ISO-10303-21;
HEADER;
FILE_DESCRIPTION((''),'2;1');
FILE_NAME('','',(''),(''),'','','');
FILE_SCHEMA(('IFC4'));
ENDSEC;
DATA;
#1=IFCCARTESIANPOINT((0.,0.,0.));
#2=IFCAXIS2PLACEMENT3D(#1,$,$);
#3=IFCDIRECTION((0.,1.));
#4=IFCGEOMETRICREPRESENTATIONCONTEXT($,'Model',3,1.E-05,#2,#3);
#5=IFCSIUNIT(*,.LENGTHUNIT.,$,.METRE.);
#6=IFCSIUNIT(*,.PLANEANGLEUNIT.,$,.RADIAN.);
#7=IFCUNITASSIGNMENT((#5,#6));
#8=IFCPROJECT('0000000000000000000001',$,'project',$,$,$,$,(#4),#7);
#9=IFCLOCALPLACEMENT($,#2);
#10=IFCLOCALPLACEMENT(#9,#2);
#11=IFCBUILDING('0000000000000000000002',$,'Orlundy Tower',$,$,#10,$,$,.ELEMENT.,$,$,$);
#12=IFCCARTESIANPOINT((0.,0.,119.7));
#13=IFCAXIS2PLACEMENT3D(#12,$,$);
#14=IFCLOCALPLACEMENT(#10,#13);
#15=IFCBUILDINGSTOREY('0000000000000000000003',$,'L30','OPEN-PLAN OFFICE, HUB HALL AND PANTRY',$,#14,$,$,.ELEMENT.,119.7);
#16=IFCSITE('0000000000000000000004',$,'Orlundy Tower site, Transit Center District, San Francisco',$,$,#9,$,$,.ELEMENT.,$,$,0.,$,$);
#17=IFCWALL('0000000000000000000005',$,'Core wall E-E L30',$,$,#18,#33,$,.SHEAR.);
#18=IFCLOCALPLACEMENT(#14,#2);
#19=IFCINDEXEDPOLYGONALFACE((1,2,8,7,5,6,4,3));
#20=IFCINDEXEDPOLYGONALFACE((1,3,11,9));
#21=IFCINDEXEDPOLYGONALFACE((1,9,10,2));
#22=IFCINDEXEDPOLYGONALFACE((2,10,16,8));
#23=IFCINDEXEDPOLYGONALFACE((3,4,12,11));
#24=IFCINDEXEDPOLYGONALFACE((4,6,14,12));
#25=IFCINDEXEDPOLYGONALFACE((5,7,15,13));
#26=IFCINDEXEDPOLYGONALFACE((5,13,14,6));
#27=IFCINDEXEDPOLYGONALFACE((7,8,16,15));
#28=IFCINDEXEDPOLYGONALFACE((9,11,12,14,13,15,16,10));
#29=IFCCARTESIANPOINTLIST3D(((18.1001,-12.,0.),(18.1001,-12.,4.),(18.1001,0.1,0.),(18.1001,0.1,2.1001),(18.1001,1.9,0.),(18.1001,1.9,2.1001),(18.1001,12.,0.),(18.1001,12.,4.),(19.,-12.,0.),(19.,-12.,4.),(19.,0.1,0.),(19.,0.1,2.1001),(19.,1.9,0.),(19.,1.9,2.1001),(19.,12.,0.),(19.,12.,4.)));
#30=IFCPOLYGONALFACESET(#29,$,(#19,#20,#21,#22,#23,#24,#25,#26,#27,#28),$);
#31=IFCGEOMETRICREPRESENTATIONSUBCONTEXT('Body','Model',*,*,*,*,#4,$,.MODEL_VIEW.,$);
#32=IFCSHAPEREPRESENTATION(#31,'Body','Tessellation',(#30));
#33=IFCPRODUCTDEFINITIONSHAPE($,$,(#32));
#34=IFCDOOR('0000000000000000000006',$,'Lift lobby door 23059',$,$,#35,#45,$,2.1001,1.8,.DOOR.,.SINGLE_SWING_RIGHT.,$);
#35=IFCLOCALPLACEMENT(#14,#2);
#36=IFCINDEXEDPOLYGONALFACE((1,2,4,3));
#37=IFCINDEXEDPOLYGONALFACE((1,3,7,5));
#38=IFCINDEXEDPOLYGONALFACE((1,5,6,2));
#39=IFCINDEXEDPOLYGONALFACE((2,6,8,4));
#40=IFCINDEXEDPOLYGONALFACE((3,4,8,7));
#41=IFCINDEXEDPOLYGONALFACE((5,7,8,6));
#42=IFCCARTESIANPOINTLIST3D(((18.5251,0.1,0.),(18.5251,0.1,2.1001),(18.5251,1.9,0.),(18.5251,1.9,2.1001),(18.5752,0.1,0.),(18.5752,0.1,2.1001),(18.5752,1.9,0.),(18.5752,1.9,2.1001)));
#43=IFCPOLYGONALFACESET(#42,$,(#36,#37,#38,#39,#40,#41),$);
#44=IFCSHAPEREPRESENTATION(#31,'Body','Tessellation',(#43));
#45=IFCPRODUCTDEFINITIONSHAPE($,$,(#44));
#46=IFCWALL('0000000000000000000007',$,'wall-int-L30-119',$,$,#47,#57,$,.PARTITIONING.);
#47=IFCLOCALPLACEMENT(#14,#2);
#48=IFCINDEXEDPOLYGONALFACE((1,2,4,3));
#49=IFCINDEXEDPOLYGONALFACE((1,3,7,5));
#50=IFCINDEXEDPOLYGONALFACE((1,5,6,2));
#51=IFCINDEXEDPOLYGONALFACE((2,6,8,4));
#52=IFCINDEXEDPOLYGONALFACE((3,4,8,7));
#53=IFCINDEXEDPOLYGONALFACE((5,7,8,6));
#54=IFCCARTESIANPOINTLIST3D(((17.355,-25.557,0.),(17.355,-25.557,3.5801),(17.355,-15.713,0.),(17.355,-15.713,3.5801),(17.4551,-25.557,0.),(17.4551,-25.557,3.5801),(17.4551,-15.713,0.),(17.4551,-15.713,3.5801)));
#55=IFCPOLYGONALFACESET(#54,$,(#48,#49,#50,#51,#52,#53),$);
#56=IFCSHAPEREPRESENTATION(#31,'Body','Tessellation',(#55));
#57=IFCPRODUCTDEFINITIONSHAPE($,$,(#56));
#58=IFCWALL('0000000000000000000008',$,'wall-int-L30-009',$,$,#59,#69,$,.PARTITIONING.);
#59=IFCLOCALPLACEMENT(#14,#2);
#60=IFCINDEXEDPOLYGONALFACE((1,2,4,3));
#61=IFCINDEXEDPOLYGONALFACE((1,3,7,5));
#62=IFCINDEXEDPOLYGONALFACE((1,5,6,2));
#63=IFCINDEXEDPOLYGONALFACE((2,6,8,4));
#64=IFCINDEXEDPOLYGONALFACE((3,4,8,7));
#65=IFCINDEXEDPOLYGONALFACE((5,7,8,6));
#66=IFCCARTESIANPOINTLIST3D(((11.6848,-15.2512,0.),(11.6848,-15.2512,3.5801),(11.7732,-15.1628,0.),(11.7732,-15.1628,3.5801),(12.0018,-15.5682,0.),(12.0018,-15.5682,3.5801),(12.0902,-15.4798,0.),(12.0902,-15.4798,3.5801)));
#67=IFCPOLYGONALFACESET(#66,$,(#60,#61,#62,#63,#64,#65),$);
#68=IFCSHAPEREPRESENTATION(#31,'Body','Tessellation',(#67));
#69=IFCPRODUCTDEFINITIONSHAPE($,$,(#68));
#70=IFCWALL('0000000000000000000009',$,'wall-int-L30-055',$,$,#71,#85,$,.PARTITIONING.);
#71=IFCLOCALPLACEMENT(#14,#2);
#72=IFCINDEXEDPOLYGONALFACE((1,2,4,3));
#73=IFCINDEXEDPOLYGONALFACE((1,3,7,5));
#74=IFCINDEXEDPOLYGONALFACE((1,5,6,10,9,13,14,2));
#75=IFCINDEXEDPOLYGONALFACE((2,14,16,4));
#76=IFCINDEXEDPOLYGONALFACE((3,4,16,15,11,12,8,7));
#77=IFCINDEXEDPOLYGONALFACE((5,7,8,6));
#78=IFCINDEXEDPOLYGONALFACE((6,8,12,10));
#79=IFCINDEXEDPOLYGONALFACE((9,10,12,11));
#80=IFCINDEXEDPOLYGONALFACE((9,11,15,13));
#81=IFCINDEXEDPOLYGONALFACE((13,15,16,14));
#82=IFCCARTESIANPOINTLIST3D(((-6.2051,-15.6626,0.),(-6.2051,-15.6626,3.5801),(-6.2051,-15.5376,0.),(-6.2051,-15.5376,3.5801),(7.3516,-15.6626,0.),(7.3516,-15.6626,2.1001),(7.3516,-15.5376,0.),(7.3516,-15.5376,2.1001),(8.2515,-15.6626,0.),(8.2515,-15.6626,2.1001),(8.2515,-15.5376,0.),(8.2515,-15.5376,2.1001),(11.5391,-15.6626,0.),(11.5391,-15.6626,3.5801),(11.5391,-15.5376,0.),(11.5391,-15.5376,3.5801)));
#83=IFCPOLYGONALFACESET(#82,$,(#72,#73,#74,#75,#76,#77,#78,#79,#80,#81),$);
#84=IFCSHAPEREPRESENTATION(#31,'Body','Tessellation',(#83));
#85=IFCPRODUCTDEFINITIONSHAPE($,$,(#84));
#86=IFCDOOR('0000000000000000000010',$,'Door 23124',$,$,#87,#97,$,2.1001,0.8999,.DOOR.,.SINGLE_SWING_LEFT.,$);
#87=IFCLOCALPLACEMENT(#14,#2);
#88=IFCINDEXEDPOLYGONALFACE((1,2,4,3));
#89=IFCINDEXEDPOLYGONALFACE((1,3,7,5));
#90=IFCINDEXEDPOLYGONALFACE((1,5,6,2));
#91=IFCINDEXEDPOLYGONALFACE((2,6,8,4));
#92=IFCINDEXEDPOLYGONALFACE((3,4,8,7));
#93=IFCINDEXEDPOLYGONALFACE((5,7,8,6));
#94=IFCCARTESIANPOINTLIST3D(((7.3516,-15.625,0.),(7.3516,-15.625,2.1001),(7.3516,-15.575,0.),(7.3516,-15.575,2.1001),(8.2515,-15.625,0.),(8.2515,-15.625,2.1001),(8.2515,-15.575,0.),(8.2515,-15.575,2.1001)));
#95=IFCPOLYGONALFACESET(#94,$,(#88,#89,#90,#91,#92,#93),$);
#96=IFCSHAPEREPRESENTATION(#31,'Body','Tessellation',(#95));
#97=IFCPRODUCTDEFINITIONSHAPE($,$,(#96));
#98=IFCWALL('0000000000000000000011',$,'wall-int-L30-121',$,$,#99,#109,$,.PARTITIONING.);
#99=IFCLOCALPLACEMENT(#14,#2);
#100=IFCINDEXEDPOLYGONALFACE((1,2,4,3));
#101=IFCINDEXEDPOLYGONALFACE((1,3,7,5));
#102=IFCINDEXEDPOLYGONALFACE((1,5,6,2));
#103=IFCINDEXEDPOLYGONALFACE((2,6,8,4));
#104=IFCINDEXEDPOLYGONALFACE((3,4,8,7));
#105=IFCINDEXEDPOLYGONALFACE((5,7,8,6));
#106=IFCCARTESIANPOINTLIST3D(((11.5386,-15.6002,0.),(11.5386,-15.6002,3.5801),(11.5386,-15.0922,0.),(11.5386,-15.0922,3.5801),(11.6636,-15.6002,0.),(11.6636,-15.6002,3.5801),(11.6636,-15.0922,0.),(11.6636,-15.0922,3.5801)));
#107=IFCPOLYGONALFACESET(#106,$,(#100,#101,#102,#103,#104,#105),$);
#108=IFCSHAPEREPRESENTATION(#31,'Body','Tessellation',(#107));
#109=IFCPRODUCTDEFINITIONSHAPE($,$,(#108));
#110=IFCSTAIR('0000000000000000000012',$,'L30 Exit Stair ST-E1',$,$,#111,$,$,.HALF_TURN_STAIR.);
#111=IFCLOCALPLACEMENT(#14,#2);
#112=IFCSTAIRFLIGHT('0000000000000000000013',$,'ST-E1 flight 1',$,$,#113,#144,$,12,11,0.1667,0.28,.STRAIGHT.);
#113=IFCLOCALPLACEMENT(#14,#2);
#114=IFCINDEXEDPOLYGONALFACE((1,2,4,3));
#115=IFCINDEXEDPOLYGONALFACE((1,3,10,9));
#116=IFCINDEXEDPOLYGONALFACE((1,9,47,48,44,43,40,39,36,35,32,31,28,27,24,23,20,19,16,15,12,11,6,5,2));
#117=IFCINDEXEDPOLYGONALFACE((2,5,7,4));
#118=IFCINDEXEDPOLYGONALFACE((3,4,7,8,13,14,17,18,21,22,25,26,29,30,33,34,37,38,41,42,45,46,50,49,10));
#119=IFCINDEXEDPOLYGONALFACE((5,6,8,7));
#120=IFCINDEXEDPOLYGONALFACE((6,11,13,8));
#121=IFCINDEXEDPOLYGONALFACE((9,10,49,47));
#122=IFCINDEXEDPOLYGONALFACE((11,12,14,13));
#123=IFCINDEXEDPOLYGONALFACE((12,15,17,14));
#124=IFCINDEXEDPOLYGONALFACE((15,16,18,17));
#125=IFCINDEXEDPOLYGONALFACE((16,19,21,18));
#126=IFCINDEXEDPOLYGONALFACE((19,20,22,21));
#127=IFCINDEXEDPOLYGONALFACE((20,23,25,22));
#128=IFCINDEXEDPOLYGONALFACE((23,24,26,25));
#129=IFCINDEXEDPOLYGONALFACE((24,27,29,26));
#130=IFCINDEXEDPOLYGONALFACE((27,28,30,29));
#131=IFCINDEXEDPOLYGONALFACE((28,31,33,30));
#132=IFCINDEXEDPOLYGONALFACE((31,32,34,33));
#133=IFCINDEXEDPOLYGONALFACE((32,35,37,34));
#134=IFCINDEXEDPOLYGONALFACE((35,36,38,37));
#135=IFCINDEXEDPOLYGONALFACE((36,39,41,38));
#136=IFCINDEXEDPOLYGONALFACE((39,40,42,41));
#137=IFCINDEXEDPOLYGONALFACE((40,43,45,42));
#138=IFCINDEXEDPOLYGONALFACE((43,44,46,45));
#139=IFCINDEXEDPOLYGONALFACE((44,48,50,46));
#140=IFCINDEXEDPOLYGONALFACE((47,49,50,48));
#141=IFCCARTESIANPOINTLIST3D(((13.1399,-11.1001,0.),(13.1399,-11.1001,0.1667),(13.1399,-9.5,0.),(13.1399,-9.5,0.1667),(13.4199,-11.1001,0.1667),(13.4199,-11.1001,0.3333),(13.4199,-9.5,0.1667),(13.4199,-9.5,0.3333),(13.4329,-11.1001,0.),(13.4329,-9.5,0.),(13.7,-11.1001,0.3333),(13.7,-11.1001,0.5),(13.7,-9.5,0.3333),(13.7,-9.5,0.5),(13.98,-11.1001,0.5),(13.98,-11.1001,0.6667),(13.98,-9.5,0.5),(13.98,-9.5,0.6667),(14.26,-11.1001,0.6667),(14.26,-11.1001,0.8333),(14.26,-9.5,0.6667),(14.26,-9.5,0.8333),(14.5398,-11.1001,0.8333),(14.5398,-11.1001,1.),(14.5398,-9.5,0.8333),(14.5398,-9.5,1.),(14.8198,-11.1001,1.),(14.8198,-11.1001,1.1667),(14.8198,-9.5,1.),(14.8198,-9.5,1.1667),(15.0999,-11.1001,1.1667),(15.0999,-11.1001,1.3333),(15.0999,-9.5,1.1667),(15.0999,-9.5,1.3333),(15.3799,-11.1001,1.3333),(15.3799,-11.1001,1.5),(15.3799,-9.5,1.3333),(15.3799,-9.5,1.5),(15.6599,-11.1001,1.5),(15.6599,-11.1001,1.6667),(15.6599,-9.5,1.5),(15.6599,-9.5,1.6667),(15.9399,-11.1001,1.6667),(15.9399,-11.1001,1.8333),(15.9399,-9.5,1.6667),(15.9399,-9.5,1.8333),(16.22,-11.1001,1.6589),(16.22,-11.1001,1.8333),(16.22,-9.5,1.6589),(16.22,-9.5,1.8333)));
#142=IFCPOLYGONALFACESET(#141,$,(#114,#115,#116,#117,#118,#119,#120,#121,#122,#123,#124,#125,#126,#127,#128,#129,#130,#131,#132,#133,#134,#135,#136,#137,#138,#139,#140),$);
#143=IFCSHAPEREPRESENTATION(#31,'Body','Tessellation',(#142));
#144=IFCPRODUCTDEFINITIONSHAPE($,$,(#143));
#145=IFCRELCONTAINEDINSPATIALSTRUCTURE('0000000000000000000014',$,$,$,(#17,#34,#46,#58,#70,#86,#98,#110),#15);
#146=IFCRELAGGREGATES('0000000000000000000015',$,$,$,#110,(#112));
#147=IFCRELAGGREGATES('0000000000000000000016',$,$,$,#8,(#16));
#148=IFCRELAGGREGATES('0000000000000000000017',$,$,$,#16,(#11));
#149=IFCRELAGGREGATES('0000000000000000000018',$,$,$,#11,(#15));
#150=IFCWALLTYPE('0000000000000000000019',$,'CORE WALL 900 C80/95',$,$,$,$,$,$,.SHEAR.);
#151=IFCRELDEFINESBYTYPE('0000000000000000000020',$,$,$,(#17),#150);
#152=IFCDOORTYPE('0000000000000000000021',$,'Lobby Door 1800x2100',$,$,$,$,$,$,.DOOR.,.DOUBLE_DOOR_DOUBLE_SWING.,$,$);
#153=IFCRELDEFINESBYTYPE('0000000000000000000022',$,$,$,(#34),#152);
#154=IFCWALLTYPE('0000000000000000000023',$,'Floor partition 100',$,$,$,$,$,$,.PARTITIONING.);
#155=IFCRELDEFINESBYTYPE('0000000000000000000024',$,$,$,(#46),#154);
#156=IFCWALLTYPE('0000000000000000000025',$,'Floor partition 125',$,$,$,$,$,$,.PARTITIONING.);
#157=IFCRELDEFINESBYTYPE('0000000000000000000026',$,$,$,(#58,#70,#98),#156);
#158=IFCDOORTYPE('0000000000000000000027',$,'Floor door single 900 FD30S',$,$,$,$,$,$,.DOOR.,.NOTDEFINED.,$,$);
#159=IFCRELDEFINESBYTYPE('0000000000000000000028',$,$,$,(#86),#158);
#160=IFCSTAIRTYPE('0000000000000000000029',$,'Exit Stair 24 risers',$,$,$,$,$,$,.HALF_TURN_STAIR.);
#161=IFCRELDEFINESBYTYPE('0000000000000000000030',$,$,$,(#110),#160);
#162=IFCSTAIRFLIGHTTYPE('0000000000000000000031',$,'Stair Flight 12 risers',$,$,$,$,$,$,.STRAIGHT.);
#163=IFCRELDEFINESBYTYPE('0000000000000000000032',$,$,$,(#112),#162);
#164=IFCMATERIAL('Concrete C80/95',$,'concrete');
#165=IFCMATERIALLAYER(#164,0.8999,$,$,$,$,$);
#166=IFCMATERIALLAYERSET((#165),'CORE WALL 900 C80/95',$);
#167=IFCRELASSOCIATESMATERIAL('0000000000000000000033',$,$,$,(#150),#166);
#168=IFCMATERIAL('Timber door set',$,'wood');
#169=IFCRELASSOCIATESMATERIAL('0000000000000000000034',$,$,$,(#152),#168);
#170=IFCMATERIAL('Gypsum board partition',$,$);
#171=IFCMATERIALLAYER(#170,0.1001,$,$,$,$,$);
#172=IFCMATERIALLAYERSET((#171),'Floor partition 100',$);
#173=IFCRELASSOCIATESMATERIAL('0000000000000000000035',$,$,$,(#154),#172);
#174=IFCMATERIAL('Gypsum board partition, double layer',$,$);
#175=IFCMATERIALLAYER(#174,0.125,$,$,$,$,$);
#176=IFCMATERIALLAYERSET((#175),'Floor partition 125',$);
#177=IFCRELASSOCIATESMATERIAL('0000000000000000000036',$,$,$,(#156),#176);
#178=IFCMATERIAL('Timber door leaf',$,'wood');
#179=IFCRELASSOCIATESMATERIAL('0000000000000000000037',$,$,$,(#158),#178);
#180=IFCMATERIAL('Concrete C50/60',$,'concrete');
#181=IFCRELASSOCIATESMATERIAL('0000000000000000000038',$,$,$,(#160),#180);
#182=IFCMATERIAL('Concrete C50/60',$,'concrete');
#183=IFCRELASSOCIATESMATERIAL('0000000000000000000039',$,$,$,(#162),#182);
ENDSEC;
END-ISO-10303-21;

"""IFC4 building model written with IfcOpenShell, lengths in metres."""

from ifc_helpers import new_model, si_unit, direction, frame, frame_2d, origin, place, context, subcontext, project, spatial, polyline, rectangle, outline, extrude, material, layer, layer_set, type_object, element, fill, aggregate, save


model = new_model("IFC4")

# Units and contexts
model_context = context("Model", 3, precision=1e-05, world=origin(), true_north=direction((0.0, 1.0)))
body_context = subcontext(model_context, "Body", "Model", "MODEL_VIEW")
ifc_project = project(units=[si_unit("LENGTHUNIT", "METRE"), si_unit("PLANEANGLEUNIT", "RADIAN")], contexts=[model_context])

# Site, building, storey
site_placement = place(None, origin())
site = spatial("IfcSite", under=ifc_project, at=site_placement, Name="Orlundy Tower site, Transit Center District, San Francisco", CompositionType="ELEMENT", RefElevation=0.0)
building_placement = place(site_placement, origin())
building = spatial("IfcBuilding", under=site, at=building_placement, Name="Orlundy Tower", CompositionType="ELEMENT")
storey_placement = place(building_placement, frame((0.0, 0.0, 119.7)))
storey = spatial("IfcBuildingStorey", under=building, at=storey_placement, Name="L30", Description="OPEN-PLAN OFFICE, HUB HALL AND PANTRY", CompositionType="ELEMENT", Elevation=119.7)

# Shared definitions
ifc_material_1 = material(Name="Concrete C80/95", Category="concrete")
ifc_layer_1 = layer(ifc_material_1, 0.8999)
ifc_layer_set_1 = layer_set([ifc_layer_1], Name="CORE WALL 900 C80/95")
wall_type_1 = type_object("IfcWallType", Name="CORE WALL 900 C80/95", PredefinedType="SHEAR", material=ifc_layer_set_1)

# Shared definitions
ifc_material_2 = material(Name="Timber door set", Category="wood")
door_type_1 = type_object("IfcDoorType", Name="Lobby Door 1800x2100", OperationType="DOUBLE_DOOR_DOUBLE_SWING", PredefinedType="DOOR", material=ifc_material_2)

# Wall, opening, door
wall_1_placement = place(storey_placement, frame((18.55, -12.0, 0.0), z_axis=(0.0, 0.0, 1.0), x_axis=(0.0, 1.0, 0.0)))
wall_1 = element("IfcWall", 1, at=wall_1_placement, inside=storey, type_object=wall_type_1, Name="Core wall E-E L30", PredefinedType="SHEAR", context=body_context, shape_type="SweptSolid", body=[
    extrude(rectangle(XDim=24.0, YDim=0.8999, at=frame_2d((12.0, 0.0))), origin(), (0.0, 0.0, 1.0), 4.0),
])
opening_1_placement = place(wall_1_placement, frame((12.1001, 0.0, 0.0)))
opening_1 = element("IfcOpeningElement", 2, at=opening_1_placement, cuts=wall_1, PredefinedType="OPENING", context=body_context, shape_type="SweptSolid", body=[
    extrude(rectangle(XDim=1.8, YDim=2.1001, at=frame_2d((0.8999, 1.05))), frame((0.0, 0.46, 0.0), z_axis=(0.0, -1.0, 0.0), x_axis=(1.0, 0.0, 0.0)), (0.0, 0.0, 1.0), 0.9199),
])
door_1_placement = place(opening_1_placement, origin())
door_1 = element("IfcDoor", 3, at=door_1_placement, inside=storey, type_object=door_type_1, Name="Lift lobby door 23059", OperationType="SINGLE_SWING_RIGHT", OverallHeight=2.1001, OverallWidth=1.8, PredefinedType="DOOR", context=body_context, shape_type="SweptSolid", body=[
    extrude(rectangle(XDim=1.8, YDim=2.1001, at=frame_2d((0.8999, 1.05))), frame((0.0, 0.0249, 0.0), z_axis=(0.0, -1.0, 0.0), x_axis=(1.0, 0.0, 0.0)), (0.0, 0.0, 1.0), 0.05),
])
fill(opening_1, door_1)

# Walls
ifc_material_3 = material(Name="Gypsum board partition")
ifc_layer_2 = layer(ifc_material_3, 0.1001)
ifc_layer_set_2 = layer_set([ifc_layer_2], Name="Floor partition 100")
wall_type_2 = type_object("IfcWallType", Name="Floor partition 100", PredefinedType="PARTITIONING", material=ifc_layer_set_2)
wall_2_placement = place(storey_placement, frame((17.405, -25.5569, 0.0), z_axis=(0.0, 0.0, 1.0), x_axis=(0.0, 1.0, 0.0)))
element("IfcWall", 4, at=wall_2_placement, inside=storey, type_object=wall_type_2, Name="wall-int-L30-119", PredefinedType="PARTITIONING", context=body_context, shape_type="SweptSolid", body=[
    extrude(rectangle(XDim=9.844, YDim=0.1001, at=frame_2d((4.9219, 0.0))), origin(), (0.0, 0.0, 1.0), 3.5801),
])
ifc_material_4 = material(Name="Gypsum board partition, double layer")
ifc_layer_3 = layer(ifc_material_4, 0.125)
ifc_layer_set_3 = layer_set([ifc_layer_3], Name="Floor partition 125")
wall_type_3 = type_object("IfcWallType", Name="Floor partition 125", PredefinedType="PARTITIONING", material=ifc_layer_set_3)
wall_3_placement = place(storey_placement, frame((11.729, -15.207, 0.0), z_axis=(0.0, 0.0, 1.0), x_axis=(0.707107, -0.707107, 0.0)))
element("IfcWall", 5, at=wall_3_placement, inside=storey, type_object=wall_type_3, Name="wall-int-L30-009", PredefinedType="PARTITIONING", context=body_context, shape_type="SweptSolid", body=[
    extrude(rectangle(XDim=0.4482, YDim=0.125, at=frame_2d((0.2241, 0.0))), origin(), (0.0, 0.0, 1.0), 3.5801),
])

# Wall, opening, door
wall_4_placement = place(storey_placement, frame((11.5391, -15.6001, 0.0), z_axis=(0.0, 0.0, 1.0), x_axis=(-1.0, 0.0, 0.0)))
wall_4 = element("IfcWall", 6, at=wall_4_placement, inside=storey, type_object=wall_type_3, Name="wall-int-L30-055", PredefinedType="PARTITIONING", context=body_context, shape_type="SweptSolid", body=[
    extrude(rectangle(XDim=17.7441, YDim=0.125, at=frame_2d((8.8721, 0.0))), origin(), (0.0, 0.0, 1.0), 3.5801),
])
opening_2_placement = place(wall_4_placement, frame((3.2876, 0.0, 0.0)))
opening_2 = element("IfcOpeningElement", 7, at=opening_2_placement, cuts=wall_4, PredefinedType="OPENING", context=body_context, shape_type="SweptSolid", body=[
    extrude(rectangle(XDim=0.8999, YDim=2.1001, at=frame_2d((0.45, 1.05))), frame((0.0, 0.0725, 0.0), z_axis=(0.0, -1.0, 0.0), x_axis=(1.0, 0.0, 0.0)), (0.0, 0.0, 1.0), 0.145),
])
ifc_material_5 = material(Name="Timber door leaf", Category="wood")
door_type_2 = type_object("IfcDoorType", Name="Floor door single 900 FD30S", OperationType="NOTDEFINED", PredefinedType="DOOR", material=ifc_material_5)
door_2_placement = place(opening_2_placement, origin())
door_2 = element("IfcDoor", 8, at=door_2_placement, inside=storey, type_object=door_type_2, Name="Door 23124", OperationType="SINGLE_SWING_LEFT", OverallHeight=2.1001, OverallWidth=0.8999, PredefinedType="DOOR", context=body_context, shape_type="SweptSolid", body=[
    extrude(rectangle(XDim=0.8999, YDim=2.1001, at=frame_2d((0.45, 1.05))), frame((0.0, 0.0249, 0.0), z_axis=(0.0, -1.0, 0.0), x_axis=(1.0, 0.0, 0.0)), (0.0, 0.0, 1.0), 0.05),
])
fill(opening_2, door_2)

# Wall
wall_5_placement = place(storey_placement, frame((11.6011, -15.6001, 0.0), z_axis=(0.0, 0.0, 1.0), x_axis=(0.0, 1.0, 0.0)))
element("IfcWall", 9, at=wall_5_placement, inside=storey, type_object=wall_type_3, Name="wall-int-L30-121", PredefinedType="PARTITIONING", context=body_context, shape_type="SweptSolid", body=[
    extrude(rectangle(XDim=0.5081, YDim=0.125, at=frame_2d((0.2539, 0.0))), origin(), (0.0, 0.0, 1.0), 3.5801),
])

# Stair, stair flight
ifc_material_6 = material(Name="Concrete C50/60", Category="concrete")
stair_type = type_object("IfcStairType", Name="Exit Stair 24 risers", PredefinedType="HALF_TURN_STAIR", material=ifc_material_6)
stair_placement = place(storey_placement, origin())
stair = element("IfcStair", 10, at=stair_placement, inside=storey, type_object=stair_type, Name="L30 Exit Stair ST-E1", PredefinedType="HALF_TURN_STAIR")
ifc_material_7 = material(Name="Concrete C50/60", Category="concrete")
stair_flight_type = type_object("IfcStairFlightType", Name="Stair Flight 12 risers", PredefinedType="STRAIGHT", material=ifc_material_7)
stair_flight_1_placement = place(storey_placement, frame((13.1399, -10.3, 0.0), z_axis=(0.0, 0.0, 1.0), x_axis=(1.0, 0.0, 0.0)))
stair_flight_1 = element("IfcStairFlight", 11, at=stair_flight_1_placement, type_object=stair_flight_type, Name="ST-E1 flight 1", NumberOfRisers=12, NumberOfTreads=11, PredefinedType="STRAIGHT", RiserHeight=0.1667, TreadLength=0.28, context=body_context, shape_type="SweptSolid", body=[
    extrude(outline(polyline([(0.0, 0.0), (0.0, 0.1667), (0.28, 0.1667), (0.28, 0.3333), (0.5601, 0.3333), (0.5601, 0.5), (0.8401, 0.5), (0.8401, 0.6667), (1.1201, 0.6667), (1.1201, 0.8333), (1.3999, 0.8333), (1.3999, 1.0), (1.6799, 1.0), (1.6799, 1.1667), (1.96, 1.1667), (1.96, 1.3333), (2.24, 1.3333), (2.24, 1.5), (2.52, 1.5), (2.52, 1.6667), (2.8, 1.6667), (2.8, 1.8333), (3.0801, 1.8333), (3.0801, 2.0), (3.0801, 1.6589), (0.293, 0.0), (0.0, 0.0)])), frame((0.0, 0.8, 0.0), z_axis=(0.0, -1.0, 0.0), x_axis=(1.0, 0.0, 0.0)), (0.0, 0.0, 1.0), 1.6001),
])
aggregate(stair, [stair_flight_1])

save(model, "model.ifc")
